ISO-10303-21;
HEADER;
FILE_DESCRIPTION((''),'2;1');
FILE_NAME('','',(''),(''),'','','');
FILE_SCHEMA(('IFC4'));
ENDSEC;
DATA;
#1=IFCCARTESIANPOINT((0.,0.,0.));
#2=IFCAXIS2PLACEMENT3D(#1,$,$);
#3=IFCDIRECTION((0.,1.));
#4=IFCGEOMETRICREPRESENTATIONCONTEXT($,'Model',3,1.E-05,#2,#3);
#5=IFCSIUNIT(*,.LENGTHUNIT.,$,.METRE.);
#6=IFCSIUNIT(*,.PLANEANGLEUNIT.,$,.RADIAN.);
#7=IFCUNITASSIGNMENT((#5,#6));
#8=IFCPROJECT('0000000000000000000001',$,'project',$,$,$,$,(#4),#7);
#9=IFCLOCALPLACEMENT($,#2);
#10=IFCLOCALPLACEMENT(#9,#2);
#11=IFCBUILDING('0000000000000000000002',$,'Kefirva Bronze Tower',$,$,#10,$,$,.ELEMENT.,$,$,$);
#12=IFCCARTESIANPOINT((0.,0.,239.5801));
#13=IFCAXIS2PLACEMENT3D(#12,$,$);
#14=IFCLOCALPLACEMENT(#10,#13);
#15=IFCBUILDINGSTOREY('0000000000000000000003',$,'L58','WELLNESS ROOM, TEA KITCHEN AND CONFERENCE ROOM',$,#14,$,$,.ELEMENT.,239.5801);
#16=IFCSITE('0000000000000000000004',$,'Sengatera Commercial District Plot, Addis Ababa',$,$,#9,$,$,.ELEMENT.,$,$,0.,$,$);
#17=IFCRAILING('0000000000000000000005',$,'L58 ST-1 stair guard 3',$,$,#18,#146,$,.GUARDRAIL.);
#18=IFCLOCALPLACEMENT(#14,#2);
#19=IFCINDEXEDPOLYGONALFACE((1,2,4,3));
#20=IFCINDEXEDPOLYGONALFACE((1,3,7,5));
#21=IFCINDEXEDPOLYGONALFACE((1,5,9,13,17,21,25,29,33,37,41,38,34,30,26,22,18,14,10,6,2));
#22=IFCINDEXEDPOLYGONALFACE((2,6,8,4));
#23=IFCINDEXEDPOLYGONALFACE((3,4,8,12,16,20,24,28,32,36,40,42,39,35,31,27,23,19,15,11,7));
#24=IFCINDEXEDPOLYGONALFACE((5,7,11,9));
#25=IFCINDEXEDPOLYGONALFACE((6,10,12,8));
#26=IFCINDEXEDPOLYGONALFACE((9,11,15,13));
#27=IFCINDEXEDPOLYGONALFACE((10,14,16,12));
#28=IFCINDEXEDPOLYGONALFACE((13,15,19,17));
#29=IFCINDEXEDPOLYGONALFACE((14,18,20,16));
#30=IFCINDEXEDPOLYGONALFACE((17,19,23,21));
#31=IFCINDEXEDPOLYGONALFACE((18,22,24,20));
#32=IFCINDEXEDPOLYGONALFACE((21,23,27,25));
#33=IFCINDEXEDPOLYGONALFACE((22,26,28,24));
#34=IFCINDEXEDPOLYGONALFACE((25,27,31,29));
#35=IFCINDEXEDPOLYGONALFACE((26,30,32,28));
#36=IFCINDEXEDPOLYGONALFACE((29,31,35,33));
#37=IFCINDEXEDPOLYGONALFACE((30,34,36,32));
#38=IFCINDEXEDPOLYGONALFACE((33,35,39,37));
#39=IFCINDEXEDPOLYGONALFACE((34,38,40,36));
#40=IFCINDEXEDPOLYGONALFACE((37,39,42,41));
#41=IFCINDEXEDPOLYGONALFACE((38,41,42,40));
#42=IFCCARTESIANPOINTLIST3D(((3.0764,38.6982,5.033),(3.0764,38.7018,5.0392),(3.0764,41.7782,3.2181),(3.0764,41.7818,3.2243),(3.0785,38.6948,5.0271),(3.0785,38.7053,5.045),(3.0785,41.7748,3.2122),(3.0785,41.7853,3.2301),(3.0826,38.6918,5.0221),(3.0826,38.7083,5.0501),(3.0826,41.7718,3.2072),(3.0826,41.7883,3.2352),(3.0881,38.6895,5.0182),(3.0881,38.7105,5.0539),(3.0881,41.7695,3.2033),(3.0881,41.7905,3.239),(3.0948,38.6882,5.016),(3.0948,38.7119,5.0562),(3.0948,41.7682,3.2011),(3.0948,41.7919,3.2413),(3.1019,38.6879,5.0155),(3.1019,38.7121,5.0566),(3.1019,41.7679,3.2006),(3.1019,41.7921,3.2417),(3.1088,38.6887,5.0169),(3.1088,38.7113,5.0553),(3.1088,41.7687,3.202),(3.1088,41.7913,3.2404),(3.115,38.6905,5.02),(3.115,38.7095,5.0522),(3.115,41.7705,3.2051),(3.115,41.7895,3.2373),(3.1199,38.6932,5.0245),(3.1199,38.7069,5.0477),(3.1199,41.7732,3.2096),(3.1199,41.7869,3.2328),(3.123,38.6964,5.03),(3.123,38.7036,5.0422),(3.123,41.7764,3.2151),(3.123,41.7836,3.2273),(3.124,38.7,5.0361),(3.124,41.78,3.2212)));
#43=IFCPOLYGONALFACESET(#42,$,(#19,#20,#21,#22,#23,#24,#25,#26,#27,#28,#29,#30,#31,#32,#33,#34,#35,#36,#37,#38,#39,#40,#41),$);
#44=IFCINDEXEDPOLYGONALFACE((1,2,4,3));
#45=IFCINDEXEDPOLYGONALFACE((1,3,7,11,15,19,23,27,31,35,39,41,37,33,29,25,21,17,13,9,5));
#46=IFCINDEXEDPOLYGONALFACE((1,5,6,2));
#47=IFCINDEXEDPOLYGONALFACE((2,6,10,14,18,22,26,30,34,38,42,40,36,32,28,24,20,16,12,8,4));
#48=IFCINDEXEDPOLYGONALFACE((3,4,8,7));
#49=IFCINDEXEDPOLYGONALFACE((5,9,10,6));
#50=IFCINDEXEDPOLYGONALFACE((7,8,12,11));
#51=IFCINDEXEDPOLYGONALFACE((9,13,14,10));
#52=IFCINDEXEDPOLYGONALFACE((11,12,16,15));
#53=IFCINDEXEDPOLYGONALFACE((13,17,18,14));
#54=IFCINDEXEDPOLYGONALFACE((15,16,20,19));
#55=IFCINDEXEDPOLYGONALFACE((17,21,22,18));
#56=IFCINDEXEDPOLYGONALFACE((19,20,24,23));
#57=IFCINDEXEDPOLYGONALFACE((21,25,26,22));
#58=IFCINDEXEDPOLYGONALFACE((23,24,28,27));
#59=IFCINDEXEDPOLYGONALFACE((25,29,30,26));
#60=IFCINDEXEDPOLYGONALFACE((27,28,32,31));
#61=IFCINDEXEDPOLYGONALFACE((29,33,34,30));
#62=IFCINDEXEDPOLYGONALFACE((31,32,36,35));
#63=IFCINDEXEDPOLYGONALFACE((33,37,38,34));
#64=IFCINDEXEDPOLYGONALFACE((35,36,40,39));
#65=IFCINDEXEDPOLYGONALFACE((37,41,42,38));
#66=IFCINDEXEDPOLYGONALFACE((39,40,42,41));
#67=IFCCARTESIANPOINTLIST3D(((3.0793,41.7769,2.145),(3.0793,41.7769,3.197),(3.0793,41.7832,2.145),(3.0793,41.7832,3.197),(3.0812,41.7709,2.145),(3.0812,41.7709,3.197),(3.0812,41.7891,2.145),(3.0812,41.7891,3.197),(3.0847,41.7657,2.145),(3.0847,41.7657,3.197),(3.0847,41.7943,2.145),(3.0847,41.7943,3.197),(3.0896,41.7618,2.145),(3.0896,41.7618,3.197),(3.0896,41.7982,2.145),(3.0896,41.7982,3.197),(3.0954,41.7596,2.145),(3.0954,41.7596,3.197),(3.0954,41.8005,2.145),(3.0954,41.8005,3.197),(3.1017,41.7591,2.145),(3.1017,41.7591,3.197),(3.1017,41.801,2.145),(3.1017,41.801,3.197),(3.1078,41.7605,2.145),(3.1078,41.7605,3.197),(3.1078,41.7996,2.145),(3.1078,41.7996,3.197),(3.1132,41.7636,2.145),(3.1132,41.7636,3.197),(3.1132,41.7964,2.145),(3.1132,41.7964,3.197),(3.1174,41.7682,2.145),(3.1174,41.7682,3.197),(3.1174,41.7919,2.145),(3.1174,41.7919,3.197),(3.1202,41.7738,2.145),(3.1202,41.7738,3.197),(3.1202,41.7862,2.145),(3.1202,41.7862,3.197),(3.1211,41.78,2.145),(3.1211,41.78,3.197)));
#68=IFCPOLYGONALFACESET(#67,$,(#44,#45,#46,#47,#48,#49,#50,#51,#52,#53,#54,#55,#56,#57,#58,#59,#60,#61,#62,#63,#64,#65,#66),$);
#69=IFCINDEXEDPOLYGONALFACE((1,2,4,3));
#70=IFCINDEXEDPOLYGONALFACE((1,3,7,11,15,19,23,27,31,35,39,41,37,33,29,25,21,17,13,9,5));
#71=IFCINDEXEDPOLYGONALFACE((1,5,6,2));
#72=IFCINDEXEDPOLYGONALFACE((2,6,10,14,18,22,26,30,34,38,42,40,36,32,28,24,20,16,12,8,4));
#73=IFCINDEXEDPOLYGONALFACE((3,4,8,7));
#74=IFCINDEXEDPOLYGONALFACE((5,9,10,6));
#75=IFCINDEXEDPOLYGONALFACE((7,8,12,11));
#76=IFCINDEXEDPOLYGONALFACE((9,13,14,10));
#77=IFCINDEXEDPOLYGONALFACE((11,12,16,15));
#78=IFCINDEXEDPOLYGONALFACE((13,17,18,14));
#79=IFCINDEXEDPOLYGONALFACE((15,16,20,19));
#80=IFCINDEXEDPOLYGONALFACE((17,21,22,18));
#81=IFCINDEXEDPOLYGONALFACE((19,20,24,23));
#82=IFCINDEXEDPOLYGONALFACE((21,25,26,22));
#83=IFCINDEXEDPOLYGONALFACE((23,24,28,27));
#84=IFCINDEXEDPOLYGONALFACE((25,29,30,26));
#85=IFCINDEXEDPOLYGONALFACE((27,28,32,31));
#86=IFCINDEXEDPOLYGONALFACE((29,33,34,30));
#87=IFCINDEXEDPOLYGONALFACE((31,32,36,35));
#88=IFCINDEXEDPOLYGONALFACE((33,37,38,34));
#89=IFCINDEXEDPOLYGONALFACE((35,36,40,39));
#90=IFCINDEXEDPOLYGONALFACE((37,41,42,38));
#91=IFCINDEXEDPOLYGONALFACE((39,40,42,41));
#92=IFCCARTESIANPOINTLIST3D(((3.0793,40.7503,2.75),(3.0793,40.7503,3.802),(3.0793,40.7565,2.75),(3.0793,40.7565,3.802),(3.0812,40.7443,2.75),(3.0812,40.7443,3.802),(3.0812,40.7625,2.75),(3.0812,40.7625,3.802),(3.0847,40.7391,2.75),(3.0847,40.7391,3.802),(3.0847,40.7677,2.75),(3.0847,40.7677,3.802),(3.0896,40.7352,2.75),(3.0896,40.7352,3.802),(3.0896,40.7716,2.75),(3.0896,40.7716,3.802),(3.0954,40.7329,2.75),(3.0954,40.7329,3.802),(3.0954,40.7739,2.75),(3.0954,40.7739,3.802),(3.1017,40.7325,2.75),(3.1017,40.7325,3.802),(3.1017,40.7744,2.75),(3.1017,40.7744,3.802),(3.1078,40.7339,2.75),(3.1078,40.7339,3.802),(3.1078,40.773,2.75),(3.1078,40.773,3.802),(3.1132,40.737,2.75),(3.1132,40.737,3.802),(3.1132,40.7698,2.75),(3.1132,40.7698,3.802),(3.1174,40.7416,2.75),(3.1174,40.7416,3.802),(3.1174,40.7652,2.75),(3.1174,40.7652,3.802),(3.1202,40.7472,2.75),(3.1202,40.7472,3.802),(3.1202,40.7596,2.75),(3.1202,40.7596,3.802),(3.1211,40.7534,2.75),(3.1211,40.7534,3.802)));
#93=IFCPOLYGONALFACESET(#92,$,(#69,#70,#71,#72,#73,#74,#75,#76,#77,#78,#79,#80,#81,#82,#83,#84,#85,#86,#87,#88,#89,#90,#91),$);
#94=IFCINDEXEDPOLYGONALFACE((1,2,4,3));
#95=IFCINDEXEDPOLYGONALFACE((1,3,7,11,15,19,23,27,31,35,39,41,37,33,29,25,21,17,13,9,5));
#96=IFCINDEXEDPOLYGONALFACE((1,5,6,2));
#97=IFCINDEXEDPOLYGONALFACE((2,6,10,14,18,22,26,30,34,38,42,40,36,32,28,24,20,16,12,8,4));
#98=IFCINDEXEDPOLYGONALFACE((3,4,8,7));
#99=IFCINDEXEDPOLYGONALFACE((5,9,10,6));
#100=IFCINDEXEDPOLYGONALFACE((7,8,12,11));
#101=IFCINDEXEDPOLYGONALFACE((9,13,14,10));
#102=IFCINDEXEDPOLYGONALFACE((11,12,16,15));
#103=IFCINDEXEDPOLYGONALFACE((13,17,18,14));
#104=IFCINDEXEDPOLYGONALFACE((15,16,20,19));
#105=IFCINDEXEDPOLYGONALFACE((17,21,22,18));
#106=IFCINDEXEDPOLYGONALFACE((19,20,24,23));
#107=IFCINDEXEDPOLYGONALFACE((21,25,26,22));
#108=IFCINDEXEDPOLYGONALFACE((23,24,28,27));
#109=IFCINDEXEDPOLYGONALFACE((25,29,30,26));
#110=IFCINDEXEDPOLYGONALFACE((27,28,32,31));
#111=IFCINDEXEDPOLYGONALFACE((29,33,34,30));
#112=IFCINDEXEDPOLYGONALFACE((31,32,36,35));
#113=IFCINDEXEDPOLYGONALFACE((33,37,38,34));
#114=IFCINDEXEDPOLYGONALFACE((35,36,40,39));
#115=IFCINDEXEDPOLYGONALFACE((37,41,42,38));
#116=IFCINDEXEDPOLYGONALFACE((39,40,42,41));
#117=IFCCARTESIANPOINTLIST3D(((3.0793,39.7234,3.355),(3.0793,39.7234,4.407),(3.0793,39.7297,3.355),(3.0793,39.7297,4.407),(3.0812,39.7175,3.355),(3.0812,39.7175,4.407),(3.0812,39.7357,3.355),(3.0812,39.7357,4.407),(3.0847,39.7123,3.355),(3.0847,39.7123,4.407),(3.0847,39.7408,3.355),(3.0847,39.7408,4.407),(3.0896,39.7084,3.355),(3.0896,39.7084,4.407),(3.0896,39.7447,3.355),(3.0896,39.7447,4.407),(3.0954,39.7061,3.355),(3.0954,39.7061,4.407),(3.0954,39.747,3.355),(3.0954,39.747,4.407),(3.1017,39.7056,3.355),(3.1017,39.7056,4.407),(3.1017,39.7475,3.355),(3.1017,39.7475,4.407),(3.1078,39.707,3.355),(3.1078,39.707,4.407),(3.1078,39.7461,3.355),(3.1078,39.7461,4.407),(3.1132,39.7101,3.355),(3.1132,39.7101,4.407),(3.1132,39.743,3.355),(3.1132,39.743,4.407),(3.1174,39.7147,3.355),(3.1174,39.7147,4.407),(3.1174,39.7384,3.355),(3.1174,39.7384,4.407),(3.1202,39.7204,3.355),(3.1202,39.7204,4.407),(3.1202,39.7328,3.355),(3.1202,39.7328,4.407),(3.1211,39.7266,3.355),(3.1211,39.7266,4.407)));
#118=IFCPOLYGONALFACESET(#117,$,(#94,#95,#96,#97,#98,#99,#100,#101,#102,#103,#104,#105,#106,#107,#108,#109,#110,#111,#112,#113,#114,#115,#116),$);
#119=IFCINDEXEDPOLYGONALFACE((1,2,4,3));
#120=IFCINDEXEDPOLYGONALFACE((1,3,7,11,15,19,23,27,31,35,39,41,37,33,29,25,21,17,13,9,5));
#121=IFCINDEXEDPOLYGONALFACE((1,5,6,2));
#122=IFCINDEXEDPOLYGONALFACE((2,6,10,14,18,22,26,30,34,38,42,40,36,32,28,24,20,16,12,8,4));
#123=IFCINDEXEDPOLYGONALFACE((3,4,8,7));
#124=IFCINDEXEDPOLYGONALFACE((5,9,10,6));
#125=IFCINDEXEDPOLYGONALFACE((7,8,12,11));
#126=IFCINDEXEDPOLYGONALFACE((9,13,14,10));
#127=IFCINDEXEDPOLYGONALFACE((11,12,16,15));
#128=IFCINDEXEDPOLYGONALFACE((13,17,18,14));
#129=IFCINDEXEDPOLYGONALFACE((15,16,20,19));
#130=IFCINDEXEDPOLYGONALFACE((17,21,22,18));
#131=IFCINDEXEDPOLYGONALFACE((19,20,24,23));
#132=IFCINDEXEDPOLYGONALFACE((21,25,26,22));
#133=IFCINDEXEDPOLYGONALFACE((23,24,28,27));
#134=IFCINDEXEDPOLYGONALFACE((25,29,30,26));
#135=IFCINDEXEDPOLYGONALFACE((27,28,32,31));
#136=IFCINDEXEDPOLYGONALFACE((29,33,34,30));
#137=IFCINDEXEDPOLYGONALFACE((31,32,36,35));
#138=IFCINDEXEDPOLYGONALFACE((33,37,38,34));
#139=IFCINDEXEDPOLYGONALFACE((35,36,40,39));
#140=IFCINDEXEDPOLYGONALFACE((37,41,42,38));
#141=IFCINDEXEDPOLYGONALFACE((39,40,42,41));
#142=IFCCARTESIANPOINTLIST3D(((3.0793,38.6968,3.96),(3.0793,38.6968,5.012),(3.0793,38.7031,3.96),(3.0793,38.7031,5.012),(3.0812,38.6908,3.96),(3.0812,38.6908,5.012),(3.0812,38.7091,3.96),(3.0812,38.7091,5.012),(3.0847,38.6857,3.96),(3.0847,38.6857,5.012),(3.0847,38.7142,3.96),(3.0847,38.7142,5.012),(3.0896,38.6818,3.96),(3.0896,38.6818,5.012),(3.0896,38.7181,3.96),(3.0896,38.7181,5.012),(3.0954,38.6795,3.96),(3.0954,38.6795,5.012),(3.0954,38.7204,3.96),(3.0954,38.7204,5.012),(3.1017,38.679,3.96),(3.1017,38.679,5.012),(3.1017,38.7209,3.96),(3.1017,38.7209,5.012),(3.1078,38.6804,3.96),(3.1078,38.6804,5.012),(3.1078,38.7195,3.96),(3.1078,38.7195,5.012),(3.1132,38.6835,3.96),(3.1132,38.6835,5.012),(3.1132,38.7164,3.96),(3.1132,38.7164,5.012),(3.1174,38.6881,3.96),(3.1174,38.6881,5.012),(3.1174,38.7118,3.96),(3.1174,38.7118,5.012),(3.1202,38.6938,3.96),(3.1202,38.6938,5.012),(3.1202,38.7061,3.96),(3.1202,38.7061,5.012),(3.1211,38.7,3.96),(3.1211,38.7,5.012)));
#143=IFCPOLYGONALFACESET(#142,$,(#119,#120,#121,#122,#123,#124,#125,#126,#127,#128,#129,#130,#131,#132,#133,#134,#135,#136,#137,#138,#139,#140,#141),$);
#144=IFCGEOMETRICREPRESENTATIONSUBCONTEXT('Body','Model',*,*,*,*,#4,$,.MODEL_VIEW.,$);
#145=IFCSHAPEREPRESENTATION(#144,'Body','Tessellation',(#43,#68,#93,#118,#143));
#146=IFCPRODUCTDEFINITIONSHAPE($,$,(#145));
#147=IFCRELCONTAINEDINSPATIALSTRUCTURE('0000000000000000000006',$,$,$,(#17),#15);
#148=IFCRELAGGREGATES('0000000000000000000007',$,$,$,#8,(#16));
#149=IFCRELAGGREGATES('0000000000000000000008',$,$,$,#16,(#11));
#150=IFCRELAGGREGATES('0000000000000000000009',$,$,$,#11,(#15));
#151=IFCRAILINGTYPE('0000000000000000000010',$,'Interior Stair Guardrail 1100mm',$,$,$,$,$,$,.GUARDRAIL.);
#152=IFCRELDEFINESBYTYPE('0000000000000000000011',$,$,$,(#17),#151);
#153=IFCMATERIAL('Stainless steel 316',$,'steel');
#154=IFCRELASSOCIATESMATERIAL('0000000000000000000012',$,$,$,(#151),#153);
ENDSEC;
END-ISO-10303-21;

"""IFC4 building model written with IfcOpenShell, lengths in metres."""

from ifc_helpers import new_model, si_unit, direction, frame, origin, origin_2d, place, context, subcontext, project, spatial, circle, extrude, material, type_object, element, save


model = new_model("IFC4")

# Units and contexts
model_context = context("Model", 3, precision=1e-05, world=origin(), true_north=direction((0.0, 1.0)))
body_context = subcontext(model_context, "Body", "Model", "MODEL_VIEW")
ifc_project = project(units=[si_unit("LENGTHUNIT", "METRE"), si_unit("PLANEANGLEUNIT", "RADIAN")], contexts=[model_context])

# Site, building, storey
site_placement = place(None, origin())
site = spatial("IfcSite", under=ifc_project, at=site_placement, Name="Sengatera Commercial District Plot, Addis Ababa", CompositionType="ELEMENT", RefElevation=0.0)
building_placement = place(site_placement, origin())
building = spatial("IfcBuilding", under=site, at=building_placement, Name="Kefirva Bronze Tower", CompositionType="ELEMENT")
storey_placement = place(building_placement, frame((0.0, 0.0, 239.5801)))
storey = spatial("IfcBuildingStorey", under=building, at=storey_placement, Name="L58", Description="WELLNESS ROOM, TEA KITCHEN AND CONFERENCE ROOM", CompositionType="ELEMENT", Elevation=239.5801)

# Railing
ifc_material_1 = material(Name="Stainless steel 316", Category="steel")
railing_type_1 = type_object("IfcRailingType", Name="Interior Stair Guardrail 1100mm", PredefinedType="GUARDRAIL", material=ifc_material_1)
railing_1_placement = place(storey_placement, frame((3.1001, 41.78, 2.145)))
element("IfcRailing", 1, at=railing_1_placement, inside=storey, type_object=railing_type_1, Name="L58 ST-1 stair guard 3", PredefinedType="GUARDRAIL", context=body_context, shape_type="SweptSolid", body=[
    extrude(circle(Radius=0.0239, at=origin_2d()), frame((0.0, 0.0, 1.0762), z_axis=(0.0, -0.861551, 0.507671), x_axis=(1.0, 0.0, 0.0)), (0.0, 0.0, 1.0), 3.575),
    extrude(circle(Radius=0.021, at=origin_2d()), origin(), (0.0, 0.0, 1.0), 1.052),
    extrude(circle(Radius=0.021, at=origin_2d()), frame((0.0, -1.0266, 0.605)), (0.0, 0.0, 1.0), 1.052),
    extrude(circle(Radius=0.021, at=origin_2d()), frame((0.0, -2.0535, 1.21)), (0.0, 0.0, 1.0), 1.052),
    extrude(circle(Radius=0.021, at=origin_2d()), frame((0.0, -3.0801, 1.8149)), (0.0, 0.0, 1.0), 1.052),
])

save(model, "model.ifc")
